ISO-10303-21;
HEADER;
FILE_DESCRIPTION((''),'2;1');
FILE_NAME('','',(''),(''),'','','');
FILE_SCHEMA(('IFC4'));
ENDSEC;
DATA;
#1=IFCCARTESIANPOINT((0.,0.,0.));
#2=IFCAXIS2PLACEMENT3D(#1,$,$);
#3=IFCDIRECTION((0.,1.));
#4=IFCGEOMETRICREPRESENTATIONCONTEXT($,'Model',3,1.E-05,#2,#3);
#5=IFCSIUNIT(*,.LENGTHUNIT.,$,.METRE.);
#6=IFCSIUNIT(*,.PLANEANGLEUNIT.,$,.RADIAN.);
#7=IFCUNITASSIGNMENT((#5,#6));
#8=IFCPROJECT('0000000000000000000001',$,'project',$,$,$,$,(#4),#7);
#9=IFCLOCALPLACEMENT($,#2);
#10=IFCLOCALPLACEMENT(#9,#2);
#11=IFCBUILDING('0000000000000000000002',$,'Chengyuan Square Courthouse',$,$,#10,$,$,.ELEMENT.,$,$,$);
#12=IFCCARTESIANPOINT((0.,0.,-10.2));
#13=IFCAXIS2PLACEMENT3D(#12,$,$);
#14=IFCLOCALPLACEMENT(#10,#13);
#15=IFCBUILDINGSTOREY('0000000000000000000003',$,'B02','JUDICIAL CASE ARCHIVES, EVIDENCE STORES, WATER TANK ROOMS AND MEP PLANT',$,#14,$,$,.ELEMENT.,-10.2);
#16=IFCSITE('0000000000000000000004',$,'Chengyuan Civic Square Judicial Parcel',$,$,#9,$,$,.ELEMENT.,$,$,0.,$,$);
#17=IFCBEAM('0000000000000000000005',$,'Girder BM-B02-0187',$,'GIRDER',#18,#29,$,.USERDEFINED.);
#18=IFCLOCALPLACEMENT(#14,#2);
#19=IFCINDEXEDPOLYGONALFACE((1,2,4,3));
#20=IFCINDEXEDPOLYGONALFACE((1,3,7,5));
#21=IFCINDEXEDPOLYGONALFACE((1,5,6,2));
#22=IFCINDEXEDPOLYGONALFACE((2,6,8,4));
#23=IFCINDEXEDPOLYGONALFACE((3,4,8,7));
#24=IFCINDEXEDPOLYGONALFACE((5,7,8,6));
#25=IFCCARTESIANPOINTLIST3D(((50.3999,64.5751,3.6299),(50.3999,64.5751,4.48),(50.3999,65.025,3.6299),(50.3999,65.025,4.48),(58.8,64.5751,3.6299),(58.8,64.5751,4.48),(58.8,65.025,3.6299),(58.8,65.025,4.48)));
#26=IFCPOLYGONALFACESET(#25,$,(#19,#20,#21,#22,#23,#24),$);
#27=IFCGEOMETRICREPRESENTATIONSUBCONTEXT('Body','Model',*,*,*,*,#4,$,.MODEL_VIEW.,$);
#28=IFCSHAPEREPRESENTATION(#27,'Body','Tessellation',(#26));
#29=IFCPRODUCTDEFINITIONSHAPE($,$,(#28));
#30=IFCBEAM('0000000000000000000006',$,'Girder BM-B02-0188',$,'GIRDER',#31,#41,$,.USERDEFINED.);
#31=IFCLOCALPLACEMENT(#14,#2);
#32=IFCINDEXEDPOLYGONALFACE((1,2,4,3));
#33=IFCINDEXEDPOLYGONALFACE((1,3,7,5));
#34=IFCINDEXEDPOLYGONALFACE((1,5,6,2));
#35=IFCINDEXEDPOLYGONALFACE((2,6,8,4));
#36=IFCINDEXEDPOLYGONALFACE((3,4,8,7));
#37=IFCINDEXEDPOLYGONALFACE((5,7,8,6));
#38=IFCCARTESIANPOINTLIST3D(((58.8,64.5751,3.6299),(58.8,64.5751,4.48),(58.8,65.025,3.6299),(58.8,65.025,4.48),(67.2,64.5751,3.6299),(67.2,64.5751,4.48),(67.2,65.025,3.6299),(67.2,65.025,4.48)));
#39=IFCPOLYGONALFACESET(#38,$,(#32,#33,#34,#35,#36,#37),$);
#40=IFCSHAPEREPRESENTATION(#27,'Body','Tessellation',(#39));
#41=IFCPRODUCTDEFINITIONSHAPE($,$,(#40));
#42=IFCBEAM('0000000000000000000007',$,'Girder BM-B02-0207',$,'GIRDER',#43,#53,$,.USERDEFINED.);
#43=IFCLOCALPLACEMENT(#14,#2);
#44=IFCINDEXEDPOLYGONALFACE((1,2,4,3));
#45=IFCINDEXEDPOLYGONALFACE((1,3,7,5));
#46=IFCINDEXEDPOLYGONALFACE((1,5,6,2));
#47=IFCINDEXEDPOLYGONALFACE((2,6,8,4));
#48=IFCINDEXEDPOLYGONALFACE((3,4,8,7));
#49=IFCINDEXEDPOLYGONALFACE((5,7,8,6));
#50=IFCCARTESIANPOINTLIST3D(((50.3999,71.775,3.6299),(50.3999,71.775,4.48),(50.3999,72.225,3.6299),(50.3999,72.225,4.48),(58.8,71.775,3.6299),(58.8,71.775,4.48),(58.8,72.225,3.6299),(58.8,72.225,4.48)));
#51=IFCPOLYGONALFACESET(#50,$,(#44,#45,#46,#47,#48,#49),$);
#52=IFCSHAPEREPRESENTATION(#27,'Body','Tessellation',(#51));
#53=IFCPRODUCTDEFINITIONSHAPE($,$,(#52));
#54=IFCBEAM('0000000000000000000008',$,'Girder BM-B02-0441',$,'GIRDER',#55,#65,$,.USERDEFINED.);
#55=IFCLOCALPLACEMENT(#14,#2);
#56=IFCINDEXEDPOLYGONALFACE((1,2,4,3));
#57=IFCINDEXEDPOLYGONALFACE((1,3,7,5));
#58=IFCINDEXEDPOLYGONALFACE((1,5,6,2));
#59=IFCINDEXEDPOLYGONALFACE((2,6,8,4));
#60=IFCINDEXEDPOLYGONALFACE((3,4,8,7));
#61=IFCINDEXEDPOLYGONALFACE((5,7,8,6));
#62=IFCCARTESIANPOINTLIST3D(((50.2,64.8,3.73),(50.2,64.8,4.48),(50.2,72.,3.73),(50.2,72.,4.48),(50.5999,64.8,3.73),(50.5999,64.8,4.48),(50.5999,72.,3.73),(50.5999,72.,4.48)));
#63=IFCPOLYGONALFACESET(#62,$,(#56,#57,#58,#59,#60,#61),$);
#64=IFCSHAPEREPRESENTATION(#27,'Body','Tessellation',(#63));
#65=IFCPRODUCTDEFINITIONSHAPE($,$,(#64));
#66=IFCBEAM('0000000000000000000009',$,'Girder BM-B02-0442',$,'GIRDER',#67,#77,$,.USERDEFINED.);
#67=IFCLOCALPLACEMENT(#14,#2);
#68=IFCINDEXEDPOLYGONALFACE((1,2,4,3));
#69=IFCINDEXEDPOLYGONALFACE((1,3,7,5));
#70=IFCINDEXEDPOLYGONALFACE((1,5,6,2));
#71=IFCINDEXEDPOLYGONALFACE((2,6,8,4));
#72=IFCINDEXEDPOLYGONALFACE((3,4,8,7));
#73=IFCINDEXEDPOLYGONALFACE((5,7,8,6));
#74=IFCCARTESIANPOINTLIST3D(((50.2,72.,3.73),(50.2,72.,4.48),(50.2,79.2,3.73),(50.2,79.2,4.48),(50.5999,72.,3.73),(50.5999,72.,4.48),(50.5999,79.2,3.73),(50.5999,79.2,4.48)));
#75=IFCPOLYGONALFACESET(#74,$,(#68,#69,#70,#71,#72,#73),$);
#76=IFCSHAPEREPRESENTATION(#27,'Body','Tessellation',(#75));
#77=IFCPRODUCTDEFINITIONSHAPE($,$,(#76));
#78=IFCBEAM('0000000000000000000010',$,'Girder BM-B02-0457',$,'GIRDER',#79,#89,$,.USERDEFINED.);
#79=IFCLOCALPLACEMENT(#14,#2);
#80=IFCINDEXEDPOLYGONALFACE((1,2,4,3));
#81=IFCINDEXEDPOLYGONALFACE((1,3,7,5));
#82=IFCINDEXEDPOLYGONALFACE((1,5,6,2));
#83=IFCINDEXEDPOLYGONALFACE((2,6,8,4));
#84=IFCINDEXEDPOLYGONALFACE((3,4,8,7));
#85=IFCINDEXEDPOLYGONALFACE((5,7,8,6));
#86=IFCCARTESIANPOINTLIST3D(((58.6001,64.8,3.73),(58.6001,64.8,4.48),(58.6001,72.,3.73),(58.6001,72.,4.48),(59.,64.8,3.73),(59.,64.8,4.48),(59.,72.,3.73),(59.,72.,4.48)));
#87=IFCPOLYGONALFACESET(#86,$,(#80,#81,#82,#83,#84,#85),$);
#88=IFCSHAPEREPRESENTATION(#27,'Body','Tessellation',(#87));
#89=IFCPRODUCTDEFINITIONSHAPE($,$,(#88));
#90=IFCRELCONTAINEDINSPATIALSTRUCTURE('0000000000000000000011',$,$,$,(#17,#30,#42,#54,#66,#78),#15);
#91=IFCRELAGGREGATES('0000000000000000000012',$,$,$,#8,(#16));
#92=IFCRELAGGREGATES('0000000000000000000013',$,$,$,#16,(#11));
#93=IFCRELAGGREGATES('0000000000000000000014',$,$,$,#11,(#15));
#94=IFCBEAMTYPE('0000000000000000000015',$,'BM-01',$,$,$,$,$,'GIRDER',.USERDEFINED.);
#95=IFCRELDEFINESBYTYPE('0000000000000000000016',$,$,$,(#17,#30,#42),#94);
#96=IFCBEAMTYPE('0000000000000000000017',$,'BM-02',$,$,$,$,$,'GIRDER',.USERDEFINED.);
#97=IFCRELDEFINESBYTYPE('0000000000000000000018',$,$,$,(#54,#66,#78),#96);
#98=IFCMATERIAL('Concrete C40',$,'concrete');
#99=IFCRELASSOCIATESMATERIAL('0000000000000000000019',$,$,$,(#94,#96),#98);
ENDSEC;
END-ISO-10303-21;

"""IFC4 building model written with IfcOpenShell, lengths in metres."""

from ifc_helpers import new_model, si_unit, direction, frame, origin, origin_2d, place, context, subcontext, project, spatial, rectangle, extrude, material, material_profile, profile_set, type_object, element, save


model = new_model("IFC4")

# Units and contexts
model_context = context("Model", 3, precision=1e-05, world=origin(), true_north=direction((0.0, 1.0)))
body_context = subcontext(model_context, "Body", "Model", "MODEL_VIEW")
ifc_project = project(units=[si_unit("LENGTHUNIT", "METRE"), si_unit("PLANEANGLEUNIT", "RADIAN")], contexts=[model_context])

# Site, building, storey
site_placement = place(None, origin())
site = spatial("IfcSite", under=ifc_project, at=site_placement, Name="Chengyuan Civic Square Judicial Parcel", CompositionType="ELEMENT", RefElevation=0.0)
building_placement = place(site_placement, origin())
building = spatial("IfcBuilding", under=site, at=building_placement, Name="Chengyuan Square Courthouse", CompositionType="ELEMENT")
storey_placement = place(building_placement, frame((0.0, 0.0, -10.2)))
storey = spatial("IfcBuildingStorey", under=building, at=storey_placement, Name="B02", Description="JUDICIAL CASE ARCHIVES, EVIDENCE STORES, WATER TANK ROOMS AND MEP PLANT", CompositionType="ELEMENT", Elevation=-10.2)

# Shared definitions
ifc_material_1 = material(Name="Concrete C40", Category="concrete")

# Beams
ifc_material_profile_1 = material_profile(ifc_material_1, rectangle(XDim=0.45, YDim=0.8501, at=origin_2d()), Name="RC-BM-450x850")
ifc_profile_set_1 = profile_set([ifc_material_profile_1], Name="Concrete C40")
beam_type_1 = type_object("IfcBeamType", Name="BM-01", ElementType="GIRDER", PredefinedType="USERDEFINED", material=ifc_profile_set_1)
beam_1_placement = place(storey_placement, frame((50.3999, 64.8, 4.0549), z_axis=(1.0, 0.0, 0.0), x_axis=(0.0, 1.0, 0.0)))
element("IfcBeam", 1, at=beam_1_placement, inside=storey, type_object=beam_type_1, Name="Girder BM-B02-0187", ObjectType="GIRDER", PredefinedType="USERDEFINED", context=body_context, shape_type="SweptSolid", body=[
    extrude(rectangle(XDim=0.45, YDim=0.8501, at=origin_2d()), origin(), (0.0, 0.0, 1.0), 8.4001),
])
beam_2_placement = place(storey_placement, frame((58.8, 64.8, 4.0549), z_axis=(1.0, 0.0, 0.0), x_axis=(0.0, 1.0, 0.0)))
element("IfcBeam", 2, at=beam_2_placement, inside=storey, type_object=beam_type_1, Name="Girder BM-B02-0188", ObjectType="GIRDER", PredefinedType="USERDEFINED", context=body_context, shape_type="SweptSolid", body=[
    extrude(rectangle(XDim=0.45, YDim=0.8501, at=origin_2d()), origin(), (0.0, 0.0, 1.0), 8.3999),
])
beam_3_placement = place(storey_placement, frame((50.3999, 72.0, 4.0549), z_axis=(1.0, 0.0, 0.0), x_axis=(0.0, 1.0, 0.0)))
element("IfcBeam", 3, at=beam_3_placement, inside=storey, type_object=beam_type_1, Name="Girder BM-B02-0207", ObjectType="GIRDER", PredefinedType="USERDEFINED", context=body_context, shape_type="SweptSolid", body=[
    extrude(rectangle(XDim=0.45, YDim=0.8501, at=origin_2d()), origin(), (0.0, 0.0, 1.0), 8.4001),
])
ifc_material_profile_2 = material_profile(ifc_material_1, rectangle(XDim=0.3999, YDim=0.75, at=origin_2d()), Name="RC-BM-400x750")
ifc_profile_set_2 = profile_set([ifc_material_profile_2], Name="Concrete C40")
beam_type_2 = type_object("IfcBeamType", Name="BM-02", ElementType="GIRDER", PredefinedType="USERDEFINED", material=ifc_profile_set_2)
for number, where, z_axis, x_axis, name in (
    (4, (50.3999, 64.8, 4.105), (0.0, 1.0, 0.0), (-1.0, 0.0, 0.0), "Girder BM-B02-0441"),
    (5, (50.3999, 72.0, 4.105), (0.0, 1.0, 0.0), (-1.0, 0.0, 0.0), "Girder BM-B02-0442"),
    (6, (58.8, 64.8, 4.105), (0.0, 1.0, 0.0), (-1.0, 0.0, 0.0), "Girder BM-B02-0457"),
):
    element("IfcBeam", number, at=place(storey_placement, frame(where, z_axis=z_axis, x_axis=x_axis)), inside=storey, type_object=beam_type_2, Name=name, ObjectType="GIRDER", PredefinedType="USERDEFINED", context=body_context, shape_type="SweptSolid", body=[
        extrude(rectangle(XDim=0.3999, YDim=0.75, at=origin_2d()), origin(), (0.0, 0.0, 1.0), 7.2),
    ])

save(model, "model.ifc")
